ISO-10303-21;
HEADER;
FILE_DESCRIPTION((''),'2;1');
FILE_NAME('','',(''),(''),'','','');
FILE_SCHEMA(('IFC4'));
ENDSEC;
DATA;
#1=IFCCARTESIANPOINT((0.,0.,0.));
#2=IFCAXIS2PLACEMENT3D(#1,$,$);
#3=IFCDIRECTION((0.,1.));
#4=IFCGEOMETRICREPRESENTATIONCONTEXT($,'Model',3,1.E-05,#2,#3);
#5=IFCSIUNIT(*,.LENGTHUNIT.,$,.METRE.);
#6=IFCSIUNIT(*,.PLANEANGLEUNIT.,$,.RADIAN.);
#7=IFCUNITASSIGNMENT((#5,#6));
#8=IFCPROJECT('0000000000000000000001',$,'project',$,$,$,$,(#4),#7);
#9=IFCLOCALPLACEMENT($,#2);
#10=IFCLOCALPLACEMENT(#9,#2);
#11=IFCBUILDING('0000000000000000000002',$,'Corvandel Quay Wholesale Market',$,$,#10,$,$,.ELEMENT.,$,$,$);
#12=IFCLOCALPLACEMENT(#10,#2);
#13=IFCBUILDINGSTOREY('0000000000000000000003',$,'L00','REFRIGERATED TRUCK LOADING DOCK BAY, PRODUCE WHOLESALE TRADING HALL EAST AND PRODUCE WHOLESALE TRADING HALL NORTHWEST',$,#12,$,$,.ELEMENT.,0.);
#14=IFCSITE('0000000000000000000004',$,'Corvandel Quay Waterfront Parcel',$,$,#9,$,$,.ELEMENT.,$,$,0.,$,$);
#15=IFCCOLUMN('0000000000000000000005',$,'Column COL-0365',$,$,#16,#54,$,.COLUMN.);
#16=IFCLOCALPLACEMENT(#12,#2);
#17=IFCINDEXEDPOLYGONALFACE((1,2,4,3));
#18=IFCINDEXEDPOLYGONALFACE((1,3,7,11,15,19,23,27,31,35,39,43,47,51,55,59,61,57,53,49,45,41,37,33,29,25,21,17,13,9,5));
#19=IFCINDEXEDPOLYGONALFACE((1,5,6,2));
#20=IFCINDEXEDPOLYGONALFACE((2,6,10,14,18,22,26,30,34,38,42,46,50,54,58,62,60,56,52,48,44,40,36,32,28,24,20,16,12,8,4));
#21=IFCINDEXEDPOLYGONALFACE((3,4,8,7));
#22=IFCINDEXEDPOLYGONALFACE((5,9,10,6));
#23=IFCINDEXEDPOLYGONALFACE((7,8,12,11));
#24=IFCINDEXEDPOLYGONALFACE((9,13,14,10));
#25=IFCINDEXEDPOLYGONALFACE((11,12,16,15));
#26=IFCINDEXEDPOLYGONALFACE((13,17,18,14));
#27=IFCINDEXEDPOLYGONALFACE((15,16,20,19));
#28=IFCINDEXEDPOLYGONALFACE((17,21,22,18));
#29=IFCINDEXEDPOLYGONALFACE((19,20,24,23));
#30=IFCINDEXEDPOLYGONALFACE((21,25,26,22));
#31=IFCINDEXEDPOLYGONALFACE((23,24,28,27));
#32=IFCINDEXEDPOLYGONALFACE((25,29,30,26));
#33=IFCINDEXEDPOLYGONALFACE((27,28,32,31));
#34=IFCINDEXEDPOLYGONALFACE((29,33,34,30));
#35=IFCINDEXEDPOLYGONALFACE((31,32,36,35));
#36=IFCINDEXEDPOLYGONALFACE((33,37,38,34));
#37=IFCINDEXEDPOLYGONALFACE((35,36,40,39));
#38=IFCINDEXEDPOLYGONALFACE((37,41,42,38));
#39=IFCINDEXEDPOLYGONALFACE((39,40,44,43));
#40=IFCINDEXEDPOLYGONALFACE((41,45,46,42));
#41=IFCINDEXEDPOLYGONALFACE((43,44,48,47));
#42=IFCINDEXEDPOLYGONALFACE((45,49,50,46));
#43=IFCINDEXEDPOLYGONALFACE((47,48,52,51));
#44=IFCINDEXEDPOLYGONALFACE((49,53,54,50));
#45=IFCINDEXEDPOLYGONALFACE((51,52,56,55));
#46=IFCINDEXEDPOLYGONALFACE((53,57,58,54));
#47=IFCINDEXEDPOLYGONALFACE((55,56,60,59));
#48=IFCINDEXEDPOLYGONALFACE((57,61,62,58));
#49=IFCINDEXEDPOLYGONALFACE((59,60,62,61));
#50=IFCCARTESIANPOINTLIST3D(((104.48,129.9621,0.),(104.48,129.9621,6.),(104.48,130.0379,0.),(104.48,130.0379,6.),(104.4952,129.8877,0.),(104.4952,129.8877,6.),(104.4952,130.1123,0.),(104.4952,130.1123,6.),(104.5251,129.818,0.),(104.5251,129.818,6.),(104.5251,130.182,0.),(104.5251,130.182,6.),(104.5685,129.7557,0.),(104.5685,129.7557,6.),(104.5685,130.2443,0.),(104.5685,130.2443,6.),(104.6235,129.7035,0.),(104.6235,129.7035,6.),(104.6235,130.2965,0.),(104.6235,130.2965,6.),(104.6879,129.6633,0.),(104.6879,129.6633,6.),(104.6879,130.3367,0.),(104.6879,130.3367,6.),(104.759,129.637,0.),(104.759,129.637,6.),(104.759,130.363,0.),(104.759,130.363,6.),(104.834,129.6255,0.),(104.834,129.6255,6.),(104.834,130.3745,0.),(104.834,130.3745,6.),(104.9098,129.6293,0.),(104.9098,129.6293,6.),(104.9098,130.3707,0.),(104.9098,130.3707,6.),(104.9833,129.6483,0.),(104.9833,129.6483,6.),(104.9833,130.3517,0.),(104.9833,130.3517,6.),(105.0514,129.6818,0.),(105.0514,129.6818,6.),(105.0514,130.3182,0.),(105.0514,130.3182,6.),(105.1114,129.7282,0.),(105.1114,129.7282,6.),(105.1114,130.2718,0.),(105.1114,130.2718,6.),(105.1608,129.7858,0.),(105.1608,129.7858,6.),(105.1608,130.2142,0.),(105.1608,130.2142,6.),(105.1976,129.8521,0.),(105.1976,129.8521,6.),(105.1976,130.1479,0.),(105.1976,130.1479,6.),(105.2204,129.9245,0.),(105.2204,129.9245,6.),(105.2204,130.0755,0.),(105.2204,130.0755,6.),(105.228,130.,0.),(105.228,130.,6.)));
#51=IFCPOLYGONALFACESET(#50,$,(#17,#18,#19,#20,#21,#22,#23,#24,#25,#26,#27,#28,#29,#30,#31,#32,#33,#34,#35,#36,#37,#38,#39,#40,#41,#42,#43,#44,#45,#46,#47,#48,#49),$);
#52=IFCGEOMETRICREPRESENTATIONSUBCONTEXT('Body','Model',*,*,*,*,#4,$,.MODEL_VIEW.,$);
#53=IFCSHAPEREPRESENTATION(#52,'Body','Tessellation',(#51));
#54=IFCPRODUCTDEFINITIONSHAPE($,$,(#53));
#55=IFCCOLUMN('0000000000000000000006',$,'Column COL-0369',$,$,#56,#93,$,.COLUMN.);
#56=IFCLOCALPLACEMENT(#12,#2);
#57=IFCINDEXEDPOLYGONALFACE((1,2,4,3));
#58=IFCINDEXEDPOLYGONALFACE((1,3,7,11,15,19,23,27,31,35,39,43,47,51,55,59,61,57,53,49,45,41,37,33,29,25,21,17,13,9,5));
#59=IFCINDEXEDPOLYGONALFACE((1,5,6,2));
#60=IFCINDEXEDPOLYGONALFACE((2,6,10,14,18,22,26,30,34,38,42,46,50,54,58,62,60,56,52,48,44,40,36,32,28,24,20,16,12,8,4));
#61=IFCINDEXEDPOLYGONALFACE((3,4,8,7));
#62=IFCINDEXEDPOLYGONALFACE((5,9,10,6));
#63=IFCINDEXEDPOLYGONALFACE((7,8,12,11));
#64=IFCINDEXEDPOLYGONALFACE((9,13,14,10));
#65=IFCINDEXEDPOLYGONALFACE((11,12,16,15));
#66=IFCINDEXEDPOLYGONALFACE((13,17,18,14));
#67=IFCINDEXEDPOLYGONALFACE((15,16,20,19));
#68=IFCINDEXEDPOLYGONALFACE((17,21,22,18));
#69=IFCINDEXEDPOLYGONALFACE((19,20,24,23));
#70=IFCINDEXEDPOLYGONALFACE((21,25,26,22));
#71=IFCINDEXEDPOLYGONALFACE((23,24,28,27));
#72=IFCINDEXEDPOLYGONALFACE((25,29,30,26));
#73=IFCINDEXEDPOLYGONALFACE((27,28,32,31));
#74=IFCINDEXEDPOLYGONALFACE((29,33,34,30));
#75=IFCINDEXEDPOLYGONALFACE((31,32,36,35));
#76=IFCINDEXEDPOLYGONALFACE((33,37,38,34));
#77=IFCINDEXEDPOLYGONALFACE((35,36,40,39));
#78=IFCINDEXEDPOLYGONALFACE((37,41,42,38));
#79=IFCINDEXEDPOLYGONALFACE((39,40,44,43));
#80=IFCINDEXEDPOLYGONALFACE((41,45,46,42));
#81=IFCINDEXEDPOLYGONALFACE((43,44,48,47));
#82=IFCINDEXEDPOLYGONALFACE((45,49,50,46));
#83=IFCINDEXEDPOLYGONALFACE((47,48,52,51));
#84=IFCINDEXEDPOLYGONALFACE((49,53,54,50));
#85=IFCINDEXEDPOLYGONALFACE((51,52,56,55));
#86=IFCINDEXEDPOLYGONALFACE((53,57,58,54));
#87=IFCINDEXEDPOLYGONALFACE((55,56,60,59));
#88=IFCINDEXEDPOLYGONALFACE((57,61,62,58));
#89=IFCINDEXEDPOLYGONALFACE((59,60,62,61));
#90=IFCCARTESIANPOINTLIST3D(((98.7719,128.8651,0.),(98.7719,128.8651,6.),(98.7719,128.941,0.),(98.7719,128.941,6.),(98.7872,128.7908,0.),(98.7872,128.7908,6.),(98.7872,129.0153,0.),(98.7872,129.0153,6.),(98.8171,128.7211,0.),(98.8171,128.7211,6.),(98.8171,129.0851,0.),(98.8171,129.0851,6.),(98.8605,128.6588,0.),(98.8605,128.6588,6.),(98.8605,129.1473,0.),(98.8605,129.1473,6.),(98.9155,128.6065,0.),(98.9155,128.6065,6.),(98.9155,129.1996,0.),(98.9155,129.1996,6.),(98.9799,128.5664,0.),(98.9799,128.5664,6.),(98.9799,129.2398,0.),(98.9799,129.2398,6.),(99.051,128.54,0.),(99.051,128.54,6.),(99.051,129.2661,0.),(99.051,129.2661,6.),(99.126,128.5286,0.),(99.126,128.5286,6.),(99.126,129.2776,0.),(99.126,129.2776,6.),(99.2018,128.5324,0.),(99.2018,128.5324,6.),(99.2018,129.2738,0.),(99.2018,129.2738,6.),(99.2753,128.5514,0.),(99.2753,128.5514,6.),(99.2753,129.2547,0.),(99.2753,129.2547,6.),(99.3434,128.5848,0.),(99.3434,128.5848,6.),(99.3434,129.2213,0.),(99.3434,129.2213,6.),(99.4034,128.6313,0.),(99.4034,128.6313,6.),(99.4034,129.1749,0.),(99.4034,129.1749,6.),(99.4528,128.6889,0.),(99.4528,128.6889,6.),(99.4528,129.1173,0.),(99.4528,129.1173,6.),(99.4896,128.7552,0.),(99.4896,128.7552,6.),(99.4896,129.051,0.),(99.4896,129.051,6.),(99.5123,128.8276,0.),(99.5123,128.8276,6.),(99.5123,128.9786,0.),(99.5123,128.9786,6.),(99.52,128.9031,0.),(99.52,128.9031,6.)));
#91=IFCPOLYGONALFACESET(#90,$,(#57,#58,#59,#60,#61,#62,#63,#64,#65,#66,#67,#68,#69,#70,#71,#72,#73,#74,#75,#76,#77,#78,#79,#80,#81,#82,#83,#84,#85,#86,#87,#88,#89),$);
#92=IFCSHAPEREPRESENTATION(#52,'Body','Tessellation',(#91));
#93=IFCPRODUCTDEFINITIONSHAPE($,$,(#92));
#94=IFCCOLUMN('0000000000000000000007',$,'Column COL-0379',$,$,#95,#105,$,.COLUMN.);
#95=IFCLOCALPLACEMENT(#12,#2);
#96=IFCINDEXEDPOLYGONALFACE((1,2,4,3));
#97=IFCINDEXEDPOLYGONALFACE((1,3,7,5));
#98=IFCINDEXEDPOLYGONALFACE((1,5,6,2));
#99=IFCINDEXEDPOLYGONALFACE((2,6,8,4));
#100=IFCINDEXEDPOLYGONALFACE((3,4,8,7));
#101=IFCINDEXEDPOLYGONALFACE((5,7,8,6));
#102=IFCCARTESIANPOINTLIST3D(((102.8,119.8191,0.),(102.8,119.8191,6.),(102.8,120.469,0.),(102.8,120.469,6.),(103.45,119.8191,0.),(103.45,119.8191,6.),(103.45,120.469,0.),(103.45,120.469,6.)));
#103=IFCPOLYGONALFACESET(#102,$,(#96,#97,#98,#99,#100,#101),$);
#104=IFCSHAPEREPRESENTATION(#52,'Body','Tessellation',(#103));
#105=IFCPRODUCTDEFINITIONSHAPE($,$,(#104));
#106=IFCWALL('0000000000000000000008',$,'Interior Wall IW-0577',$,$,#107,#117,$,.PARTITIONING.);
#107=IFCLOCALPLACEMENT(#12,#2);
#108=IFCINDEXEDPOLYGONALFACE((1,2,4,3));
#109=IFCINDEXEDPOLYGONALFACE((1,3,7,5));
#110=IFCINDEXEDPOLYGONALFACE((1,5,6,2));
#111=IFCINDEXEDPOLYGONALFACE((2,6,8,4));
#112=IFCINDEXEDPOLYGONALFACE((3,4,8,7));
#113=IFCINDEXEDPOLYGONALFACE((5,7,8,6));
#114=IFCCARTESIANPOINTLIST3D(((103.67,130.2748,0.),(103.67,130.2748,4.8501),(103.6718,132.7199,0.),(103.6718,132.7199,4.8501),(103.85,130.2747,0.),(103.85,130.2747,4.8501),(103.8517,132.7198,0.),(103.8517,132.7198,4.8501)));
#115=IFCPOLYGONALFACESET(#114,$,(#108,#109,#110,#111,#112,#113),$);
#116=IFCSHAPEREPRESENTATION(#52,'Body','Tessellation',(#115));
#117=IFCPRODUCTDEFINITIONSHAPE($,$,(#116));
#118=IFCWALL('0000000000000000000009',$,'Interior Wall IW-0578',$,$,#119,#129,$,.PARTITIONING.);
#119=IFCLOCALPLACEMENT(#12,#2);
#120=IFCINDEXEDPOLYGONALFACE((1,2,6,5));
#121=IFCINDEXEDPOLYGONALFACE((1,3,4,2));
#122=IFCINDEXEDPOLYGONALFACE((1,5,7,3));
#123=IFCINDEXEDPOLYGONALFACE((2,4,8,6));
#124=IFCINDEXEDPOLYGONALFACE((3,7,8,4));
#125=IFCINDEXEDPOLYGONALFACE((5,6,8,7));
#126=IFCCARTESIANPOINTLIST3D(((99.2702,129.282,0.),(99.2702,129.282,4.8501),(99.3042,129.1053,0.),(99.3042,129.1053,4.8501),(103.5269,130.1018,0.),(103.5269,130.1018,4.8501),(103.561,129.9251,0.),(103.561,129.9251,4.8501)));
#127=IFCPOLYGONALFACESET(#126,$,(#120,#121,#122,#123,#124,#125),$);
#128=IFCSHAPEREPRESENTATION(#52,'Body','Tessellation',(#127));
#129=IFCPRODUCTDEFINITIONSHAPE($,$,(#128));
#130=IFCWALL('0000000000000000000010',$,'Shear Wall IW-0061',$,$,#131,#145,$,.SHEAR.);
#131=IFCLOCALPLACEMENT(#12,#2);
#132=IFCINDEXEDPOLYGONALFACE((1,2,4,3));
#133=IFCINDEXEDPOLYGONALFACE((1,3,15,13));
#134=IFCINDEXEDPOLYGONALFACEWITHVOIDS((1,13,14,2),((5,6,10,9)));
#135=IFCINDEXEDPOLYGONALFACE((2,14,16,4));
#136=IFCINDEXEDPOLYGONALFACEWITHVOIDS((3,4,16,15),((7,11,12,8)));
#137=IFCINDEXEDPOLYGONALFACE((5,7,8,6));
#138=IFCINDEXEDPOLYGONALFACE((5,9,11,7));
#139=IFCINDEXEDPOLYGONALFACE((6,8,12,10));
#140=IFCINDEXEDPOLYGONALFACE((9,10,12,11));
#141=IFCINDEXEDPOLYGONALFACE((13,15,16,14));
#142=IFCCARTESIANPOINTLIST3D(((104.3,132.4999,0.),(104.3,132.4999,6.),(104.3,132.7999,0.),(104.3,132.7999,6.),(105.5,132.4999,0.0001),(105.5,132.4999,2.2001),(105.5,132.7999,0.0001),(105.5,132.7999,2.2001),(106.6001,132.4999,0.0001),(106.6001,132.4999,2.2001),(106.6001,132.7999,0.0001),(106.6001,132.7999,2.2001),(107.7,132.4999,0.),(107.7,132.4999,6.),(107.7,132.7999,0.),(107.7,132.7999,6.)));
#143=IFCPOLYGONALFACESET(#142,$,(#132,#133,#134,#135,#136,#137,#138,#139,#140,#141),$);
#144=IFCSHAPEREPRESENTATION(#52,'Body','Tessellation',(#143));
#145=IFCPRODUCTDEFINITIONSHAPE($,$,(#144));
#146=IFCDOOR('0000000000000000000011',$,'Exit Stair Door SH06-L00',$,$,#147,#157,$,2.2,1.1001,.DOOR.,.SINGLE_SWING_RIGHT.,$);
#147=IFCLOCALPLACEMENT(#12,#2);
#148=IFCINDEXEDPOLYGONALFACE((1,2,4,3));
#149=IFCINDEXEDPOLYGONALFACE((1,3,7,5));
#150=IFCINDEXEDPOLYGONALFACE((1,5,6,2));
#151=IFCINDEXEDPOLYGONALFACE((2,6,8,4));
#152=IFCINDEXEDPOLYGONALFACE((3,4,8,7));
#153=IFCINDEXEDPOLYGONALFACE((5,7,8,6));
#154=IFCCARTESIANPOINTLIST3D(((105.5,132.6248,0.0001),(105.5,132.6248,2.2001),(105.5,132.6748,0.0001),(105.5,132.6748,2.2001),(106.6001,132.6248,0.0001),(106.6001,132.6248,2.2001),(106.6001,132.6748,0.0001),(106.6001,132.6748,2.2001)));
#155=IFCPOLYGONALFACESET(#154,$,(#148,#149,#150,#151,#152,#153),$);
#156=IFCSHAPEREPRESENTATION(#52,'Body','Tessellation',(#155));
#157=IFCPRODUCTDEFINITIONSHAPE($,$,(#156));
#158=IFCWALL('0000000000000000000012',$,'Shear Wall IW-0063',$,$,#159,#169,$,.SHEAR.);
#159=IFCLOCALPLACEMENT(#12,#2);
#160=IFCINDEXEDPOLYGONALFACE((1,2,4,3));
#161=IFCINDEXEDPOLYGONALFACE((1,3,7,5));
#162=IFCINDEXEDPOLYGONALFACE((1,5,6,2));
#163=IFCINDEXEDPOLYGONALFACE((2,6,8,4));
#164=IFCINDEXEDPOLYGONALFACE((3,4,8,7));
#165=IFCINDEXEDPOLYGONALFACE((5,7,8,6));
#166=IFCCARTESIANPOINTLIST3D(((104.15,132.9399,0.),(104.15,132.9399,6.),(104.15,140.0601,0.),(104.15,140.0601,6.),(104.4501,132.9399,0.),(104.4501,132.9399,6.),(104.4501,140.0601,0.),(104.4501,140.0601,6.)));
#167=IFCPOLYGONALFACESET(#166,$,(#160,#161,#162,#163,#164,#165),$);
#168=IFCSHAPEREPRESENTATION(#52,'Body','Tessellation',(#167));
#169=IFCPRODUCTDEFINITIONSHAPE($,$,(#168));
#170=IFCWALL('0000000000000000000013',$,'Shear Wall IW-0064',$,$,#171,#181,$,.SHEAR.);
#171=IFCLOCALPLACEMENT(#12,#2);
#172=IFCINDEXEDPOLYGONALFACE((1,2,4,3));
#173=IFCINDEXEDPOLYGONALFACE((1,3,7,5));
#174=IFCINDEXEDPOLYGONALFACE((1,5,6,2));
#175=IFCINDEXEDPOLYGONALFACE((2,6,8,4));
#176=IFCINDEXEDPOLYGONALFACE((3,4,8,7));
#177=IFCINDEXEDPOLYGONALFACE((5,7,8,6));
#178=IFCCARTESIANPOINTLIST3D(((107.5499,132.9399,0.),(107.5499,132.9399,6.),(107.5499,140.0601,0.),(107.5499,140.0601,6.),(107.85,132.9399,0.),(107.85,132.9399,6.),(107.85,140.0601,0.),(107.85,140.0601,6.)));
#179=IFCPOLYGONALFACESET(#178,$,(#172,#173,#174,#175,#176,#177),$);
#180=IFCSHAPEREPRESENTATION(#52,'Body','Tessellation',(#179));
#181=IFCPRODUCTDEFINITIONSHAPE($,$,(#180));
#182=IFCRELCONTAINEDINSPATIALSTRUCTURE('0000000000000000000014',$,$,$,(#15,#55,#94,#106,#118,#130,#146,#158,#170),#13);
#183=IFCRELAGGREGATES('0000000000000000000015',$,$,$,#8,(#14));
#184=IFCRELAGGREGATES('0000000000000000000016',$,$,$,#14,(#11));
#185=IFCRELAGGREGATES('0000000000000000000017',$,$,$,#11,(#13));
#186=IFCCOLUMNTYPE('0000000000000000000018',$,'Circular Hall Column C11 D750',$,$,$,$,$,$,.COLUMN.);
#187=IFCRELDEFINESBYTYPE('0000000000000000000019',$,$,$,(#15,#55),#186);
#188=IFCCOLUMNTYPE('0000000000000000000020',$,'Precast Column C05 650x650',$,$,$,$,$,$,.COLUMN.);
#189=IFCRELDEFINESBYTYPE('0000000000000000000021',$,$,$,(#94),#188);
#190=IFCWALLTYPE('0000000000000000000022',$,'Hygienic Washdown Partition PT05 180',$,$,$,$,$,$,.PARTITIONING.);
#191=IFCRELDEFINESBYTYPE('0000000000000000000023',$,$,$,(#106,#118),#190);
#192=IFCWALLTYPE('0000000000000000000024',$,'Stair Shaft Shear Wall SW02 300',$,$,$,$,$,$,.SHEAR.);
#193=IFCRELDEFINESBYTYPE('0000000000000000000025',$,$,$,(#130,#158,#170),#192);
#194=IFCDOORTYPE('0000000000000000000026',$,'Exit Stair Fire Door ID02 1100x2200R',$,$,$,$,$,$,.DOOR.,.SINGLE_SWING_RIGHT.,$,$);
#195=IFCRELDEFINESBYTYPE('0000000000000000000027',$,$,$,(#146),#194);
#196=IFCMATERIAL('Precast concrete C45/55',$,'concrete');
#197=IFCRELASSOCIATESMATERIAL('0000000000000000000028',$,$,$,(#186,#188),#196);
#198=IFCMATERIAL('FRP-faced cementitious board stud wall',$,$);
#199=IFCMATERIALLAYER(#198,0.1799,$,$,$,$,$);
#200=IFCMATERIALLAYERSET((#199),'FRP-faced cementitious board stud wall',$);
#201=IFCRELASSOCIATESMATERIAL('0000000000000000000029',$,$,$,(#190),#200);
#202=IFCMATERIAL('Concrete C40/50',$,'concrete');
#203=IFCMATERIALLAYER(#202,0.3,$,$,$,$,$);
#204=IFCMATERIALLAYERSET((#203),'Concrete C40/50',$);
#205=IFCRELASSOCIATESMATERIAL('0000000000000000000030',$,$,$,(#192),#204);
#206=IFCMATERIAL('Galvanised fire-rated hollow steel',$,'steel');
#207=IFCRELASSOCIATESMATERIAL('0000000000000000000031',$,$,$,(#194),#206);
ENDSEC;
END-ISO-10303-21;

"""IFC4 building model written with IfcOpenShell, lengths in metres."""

from ifc_helpers import new_model, si_unit, direction, frame, frame_2d, origin, origin_2d, place, context, subcontext, project, spatial, rectangle, circle, extrude, material, layer, layer_set, material_profile, profile_set, type_object, element, fill, save


model = new_model("IFC4")

# Units and contexts
model_context = context("Model", 3, precision=1e-05, world=origin(), true_north=direction((0.0, 1.0)))
body_context = subcontext(model_context, "Body", "Model", "MODEL_VIEW")
ifc_project = project(units=[si_unit("LENGTHUNIT", "METRE"), si_unit("PLANEANGLEUNIT", "RADIAN")], contexts=[model_context])

# Site, building, storey
site_placement = place(None, origin())
site = spatial("IfcSite", under=ifc_project, at=site_placement, Name="Corvandel Quay Waterfront Parcel", CompositionType="ELEMENT", RefElevation=0.0)
building_placement = place(site_placement, origin())
building = spatial("IfcBuilding", under=site, at=building_placement, Name="Corvandel Quay Wholesale Market", CompositionType="ELEMENT")
storey_placement = place(building_placement, origin())
storey = spatial("IfcBuildingStorey", under=building, at=storey_placement, Name="L00", Description="REFRIGERATED TRUCK LOADING DOCK BAY, PRODUCE WHOLESALE TRADING HALL EAST AND PRODUCE WHOLESALE TRADING HALL NORTHWEST", CompositionType="ELEMENT", Elevation=0.0)

# Shared definitions
ifc_material_1 = material(Name="Concrete C40/50", Category="concrete")

# Columns
ifc_material_2 = material(Name="Precast concrete C45/55", Category="concrete")
ifc_material_profile_1 = material_profile(ifc_material_2, circle(Radius=0.375, at=origin_2d()), Name="PC-COL-D750")
ifc_profile_set_1 = profile_set([ifc_material_profile_1], Name="Precast concrete C45/55")
column_type_1 = type_object("IfcColumnType", Name="Circular Hall Column C11 D750", PredefinedType="COLUMN", material=ifc_profile_set_1)
for number, where, z_axis, x_axis, name in (
    (1, (104.853, 130.0, 0.0), (0.0, 0.0, 1.0), (1.0, 0.0, 0.0), "Column COL-0365"),
    (2, (99.145, 128.9031, 0.0), (0.0, 0.0, 1.0), (1.0, 0.0, 0.0), "Column COL-0369"),
):
    element("IfcColumn", number, at=place(storey_placement, frame(where, z_axis=z_axis, x_axis=x_axis)), inside=storey, type_object=column_type_1, Name=name, PredefinedType="COLUMN", context=body_context, shape_type="SweptSolid", body=[
        extrude(circle(Radius=0.375, at=origin_2d()), origin(), (0.0, 0.0, 1.0), 6.0),
    ])
ifc_material_profile_2 = material_profile(ifc_material_2, rectangle(XDim=0.6499, YDim=0.6499, at=origin_2d()), Name="PC-COL-650x650")
ifc_profile_set_2 = profile_set([ifc_material_profile_2], Name="Precast concrete C45/55")
column_type_2 = type_object("IfcColumnType", Name="Precast Column C05 650x650", PredefinedType="COLUMN", material=ifc_profile_set_2)
column_placement = place(storey_placement, frame((103.125, 120.144, 0.0), z_axis=(0.0, 0.0, 1.0), x_axis=(1.0, 0.0, 0.0)))
element("IfcColumn", 3, at=column_placement, inside=storey, type_object=column_type_2, Name="Column COL-0379", PredefinedType="COLUMN", context=body_context, shape_type="SweptSolid", body=[
    extrude(rectangle(XDim=0.6499, YDim=0.6499, at=origin_2d()), origin(), (0.0, 0.0, 1.0), 6.0),
])

# Walls
ifc_material_3 = material(Name="FRP-faced cementitious board stud wall")
ifc_layer_1 = layer(ifc_material_3, 0.1799)
ifc_layer_set_1 = layer_set([ifc_layer_1], Name="FRP-faced cementitious board stud wall")
wall_type_1 = type_object("IfcWallType", Name="Hygienic Washdown Partition PT05 180", PredefinedType="PARTITIONING", material=ifc_layer_set_1)
wall_1_placement = place(storey_placement, frame((103.7617, 132.72, 0.0), z_axis=(0.0, 0.0, 1.0), x_axis=(-0.000699, -1.0, 0.0)))
element("IfcWall", 4, at=wall_1_placement, inside=storey, type_object=wall_type_1, Name="Interior Wall IW-0577", PredefinedType="PARTITIONING", context=body_context, shape_type="SweptSolid", body=[
    extrude(rectangle(XDim=2.4451, YDim=0.1799, at=frame_2d((1.2227, 0.0))), origin(), (0.0, 0.0, 1.0), 4.8501),
])
wall_2_placement = place(storey_placement, frame((103.5439, 130.0134, 0.0), z_axis=(0.0, 0.0, 1.0), x_axis=(-0.981955, -0.189115, 0.0)))
element("IfcWall", 5, at=wall_2_placement, inside=storey, type_object=wall_type_1, Name="Interior Wall IW-0578", PredefinedType="PARTITIONING", context=body_context, shape_type="SweptSolid", body=[
    extrude(rectangle(XDim=4.335, YDim=0.1799, at=frame_2d((2.1675, 0.0))), origin(), (0.0, 0.0, 1.0), 4.8501),
])

# Wall, opening, door
ifc_layer_2 = layer(ifc_material_1, 0.3)
ifc_layer_set_2 = layer_set([ifc_layer_2], Name="Concrete C40/50")
wall_type_2 = type_object("IfcWallType", Name="Stair Shaft Shear Wall SW02 300", PredefinedType="SHEAR", material=ifc_layer_set_2)
wall_3_placement = place(storey_placement, frame((104.3, 132.6499, 0.0), z_axis=(0.0, 0.0, 1.0), x_axis=(1.0, 0.0, 0.0)))
wall_3 = element("IfcWall", 6, at=wall_3_placement, inside=storey, type_object=wall_type_2, Name="Shear Wall IW-0061", PredefinedType="SHEAR", context=body_context, shape_type="SweptSolid", body=[
    extrude(rectangle(XDim=3.3999, YDim=0.3, at=frame_2d((1.7, 0.0))), origin(), (0.0, 0.0, 1.0), 6.0),
])
opening_placement = place(wall_3_placement, frame((1.2, 0.0, 0.0)))
opening = element("IfcOpeningElement", 7, at=opening_placement, cuts=wall_3, PredefinedType="OPENING", context=body_context, shape_type="SweptSolid", body=[
    extrude(rectangle(XDim=1.1001, YDim=2.2, at=frame_2d((0.55, 1.1001))), frame((0.0, 0.1599, 0.0), z_axis=(0.0, -1.0, 0.0), x_axis=(1.0, 0.0, 0.0)), (0.0, 0.0, 1.0), 0.3201),
])
ifc_material_4 = material(Name="Galvanised fire-rated hollow steel", Category="steel")
door_type = type_object("IfcDoorType", Name="Exit Stair Fire Door ID02 1100x2200R", OperationType="SINGLE_SWING_RIGHT", PredefinedType="DOOR", material=ifc_material_4)
door_placement = place(opening_placement, origin())
door = element("IfcDoor", 8, at=door_placement, inside=storey, type_object=door_type, Name="Exit Stair Door SH06-L00", OperationType="SINGLE_SWING_RIGHT", OverallHeight=2.2, OverallWidth=1.1001, PredefinedType="DOOR", context=body_context, shape_type="SweptSolid", body=[
    extrude(rectangle(XDim=1.1001, YDim=2.2, at=frame_2d((0.55, 1.1001))), frame((0.0, 0.0249, 0.0), z_axis=(0.0, -1.0, 0.0), x_axis=(1.0, 0.0, 0.0)), (0.0, 0.0, 1.0), 0.05),
])
fill(opening, door)

# Walls
for number, where, z_axis, x_axis, name in (
    (9, (104.3, 132.9399, 0.0), (0.0, 0.0, 1.0), (0.0, 1.0, 0.0), "Shear Wall IW-0063"),
    (10, (107.7, 132.9399, 0.0), (0.0, 0.0, 1.0), (0.0, 1.0, 0.0), "Shear Wall IW-0064"),
):
    element("IfcWall", number, at=place(storey_placement, frame(where, z_axis=z_axis, x_axis=x_axis)), inside=storey, type_object=wall_type_2, Name=name, PredefinedType="SHEAR", context=body_context, shape_type="SweptSolid", body=[
        extrude(rectangle(XDim=7.1201, YDim=0.3, at=frame_2d((3.5601, 0.0))), origin(), (0.0, 0.0, 1.0), 6.0),
    ])

save(model, "model.ifc")
